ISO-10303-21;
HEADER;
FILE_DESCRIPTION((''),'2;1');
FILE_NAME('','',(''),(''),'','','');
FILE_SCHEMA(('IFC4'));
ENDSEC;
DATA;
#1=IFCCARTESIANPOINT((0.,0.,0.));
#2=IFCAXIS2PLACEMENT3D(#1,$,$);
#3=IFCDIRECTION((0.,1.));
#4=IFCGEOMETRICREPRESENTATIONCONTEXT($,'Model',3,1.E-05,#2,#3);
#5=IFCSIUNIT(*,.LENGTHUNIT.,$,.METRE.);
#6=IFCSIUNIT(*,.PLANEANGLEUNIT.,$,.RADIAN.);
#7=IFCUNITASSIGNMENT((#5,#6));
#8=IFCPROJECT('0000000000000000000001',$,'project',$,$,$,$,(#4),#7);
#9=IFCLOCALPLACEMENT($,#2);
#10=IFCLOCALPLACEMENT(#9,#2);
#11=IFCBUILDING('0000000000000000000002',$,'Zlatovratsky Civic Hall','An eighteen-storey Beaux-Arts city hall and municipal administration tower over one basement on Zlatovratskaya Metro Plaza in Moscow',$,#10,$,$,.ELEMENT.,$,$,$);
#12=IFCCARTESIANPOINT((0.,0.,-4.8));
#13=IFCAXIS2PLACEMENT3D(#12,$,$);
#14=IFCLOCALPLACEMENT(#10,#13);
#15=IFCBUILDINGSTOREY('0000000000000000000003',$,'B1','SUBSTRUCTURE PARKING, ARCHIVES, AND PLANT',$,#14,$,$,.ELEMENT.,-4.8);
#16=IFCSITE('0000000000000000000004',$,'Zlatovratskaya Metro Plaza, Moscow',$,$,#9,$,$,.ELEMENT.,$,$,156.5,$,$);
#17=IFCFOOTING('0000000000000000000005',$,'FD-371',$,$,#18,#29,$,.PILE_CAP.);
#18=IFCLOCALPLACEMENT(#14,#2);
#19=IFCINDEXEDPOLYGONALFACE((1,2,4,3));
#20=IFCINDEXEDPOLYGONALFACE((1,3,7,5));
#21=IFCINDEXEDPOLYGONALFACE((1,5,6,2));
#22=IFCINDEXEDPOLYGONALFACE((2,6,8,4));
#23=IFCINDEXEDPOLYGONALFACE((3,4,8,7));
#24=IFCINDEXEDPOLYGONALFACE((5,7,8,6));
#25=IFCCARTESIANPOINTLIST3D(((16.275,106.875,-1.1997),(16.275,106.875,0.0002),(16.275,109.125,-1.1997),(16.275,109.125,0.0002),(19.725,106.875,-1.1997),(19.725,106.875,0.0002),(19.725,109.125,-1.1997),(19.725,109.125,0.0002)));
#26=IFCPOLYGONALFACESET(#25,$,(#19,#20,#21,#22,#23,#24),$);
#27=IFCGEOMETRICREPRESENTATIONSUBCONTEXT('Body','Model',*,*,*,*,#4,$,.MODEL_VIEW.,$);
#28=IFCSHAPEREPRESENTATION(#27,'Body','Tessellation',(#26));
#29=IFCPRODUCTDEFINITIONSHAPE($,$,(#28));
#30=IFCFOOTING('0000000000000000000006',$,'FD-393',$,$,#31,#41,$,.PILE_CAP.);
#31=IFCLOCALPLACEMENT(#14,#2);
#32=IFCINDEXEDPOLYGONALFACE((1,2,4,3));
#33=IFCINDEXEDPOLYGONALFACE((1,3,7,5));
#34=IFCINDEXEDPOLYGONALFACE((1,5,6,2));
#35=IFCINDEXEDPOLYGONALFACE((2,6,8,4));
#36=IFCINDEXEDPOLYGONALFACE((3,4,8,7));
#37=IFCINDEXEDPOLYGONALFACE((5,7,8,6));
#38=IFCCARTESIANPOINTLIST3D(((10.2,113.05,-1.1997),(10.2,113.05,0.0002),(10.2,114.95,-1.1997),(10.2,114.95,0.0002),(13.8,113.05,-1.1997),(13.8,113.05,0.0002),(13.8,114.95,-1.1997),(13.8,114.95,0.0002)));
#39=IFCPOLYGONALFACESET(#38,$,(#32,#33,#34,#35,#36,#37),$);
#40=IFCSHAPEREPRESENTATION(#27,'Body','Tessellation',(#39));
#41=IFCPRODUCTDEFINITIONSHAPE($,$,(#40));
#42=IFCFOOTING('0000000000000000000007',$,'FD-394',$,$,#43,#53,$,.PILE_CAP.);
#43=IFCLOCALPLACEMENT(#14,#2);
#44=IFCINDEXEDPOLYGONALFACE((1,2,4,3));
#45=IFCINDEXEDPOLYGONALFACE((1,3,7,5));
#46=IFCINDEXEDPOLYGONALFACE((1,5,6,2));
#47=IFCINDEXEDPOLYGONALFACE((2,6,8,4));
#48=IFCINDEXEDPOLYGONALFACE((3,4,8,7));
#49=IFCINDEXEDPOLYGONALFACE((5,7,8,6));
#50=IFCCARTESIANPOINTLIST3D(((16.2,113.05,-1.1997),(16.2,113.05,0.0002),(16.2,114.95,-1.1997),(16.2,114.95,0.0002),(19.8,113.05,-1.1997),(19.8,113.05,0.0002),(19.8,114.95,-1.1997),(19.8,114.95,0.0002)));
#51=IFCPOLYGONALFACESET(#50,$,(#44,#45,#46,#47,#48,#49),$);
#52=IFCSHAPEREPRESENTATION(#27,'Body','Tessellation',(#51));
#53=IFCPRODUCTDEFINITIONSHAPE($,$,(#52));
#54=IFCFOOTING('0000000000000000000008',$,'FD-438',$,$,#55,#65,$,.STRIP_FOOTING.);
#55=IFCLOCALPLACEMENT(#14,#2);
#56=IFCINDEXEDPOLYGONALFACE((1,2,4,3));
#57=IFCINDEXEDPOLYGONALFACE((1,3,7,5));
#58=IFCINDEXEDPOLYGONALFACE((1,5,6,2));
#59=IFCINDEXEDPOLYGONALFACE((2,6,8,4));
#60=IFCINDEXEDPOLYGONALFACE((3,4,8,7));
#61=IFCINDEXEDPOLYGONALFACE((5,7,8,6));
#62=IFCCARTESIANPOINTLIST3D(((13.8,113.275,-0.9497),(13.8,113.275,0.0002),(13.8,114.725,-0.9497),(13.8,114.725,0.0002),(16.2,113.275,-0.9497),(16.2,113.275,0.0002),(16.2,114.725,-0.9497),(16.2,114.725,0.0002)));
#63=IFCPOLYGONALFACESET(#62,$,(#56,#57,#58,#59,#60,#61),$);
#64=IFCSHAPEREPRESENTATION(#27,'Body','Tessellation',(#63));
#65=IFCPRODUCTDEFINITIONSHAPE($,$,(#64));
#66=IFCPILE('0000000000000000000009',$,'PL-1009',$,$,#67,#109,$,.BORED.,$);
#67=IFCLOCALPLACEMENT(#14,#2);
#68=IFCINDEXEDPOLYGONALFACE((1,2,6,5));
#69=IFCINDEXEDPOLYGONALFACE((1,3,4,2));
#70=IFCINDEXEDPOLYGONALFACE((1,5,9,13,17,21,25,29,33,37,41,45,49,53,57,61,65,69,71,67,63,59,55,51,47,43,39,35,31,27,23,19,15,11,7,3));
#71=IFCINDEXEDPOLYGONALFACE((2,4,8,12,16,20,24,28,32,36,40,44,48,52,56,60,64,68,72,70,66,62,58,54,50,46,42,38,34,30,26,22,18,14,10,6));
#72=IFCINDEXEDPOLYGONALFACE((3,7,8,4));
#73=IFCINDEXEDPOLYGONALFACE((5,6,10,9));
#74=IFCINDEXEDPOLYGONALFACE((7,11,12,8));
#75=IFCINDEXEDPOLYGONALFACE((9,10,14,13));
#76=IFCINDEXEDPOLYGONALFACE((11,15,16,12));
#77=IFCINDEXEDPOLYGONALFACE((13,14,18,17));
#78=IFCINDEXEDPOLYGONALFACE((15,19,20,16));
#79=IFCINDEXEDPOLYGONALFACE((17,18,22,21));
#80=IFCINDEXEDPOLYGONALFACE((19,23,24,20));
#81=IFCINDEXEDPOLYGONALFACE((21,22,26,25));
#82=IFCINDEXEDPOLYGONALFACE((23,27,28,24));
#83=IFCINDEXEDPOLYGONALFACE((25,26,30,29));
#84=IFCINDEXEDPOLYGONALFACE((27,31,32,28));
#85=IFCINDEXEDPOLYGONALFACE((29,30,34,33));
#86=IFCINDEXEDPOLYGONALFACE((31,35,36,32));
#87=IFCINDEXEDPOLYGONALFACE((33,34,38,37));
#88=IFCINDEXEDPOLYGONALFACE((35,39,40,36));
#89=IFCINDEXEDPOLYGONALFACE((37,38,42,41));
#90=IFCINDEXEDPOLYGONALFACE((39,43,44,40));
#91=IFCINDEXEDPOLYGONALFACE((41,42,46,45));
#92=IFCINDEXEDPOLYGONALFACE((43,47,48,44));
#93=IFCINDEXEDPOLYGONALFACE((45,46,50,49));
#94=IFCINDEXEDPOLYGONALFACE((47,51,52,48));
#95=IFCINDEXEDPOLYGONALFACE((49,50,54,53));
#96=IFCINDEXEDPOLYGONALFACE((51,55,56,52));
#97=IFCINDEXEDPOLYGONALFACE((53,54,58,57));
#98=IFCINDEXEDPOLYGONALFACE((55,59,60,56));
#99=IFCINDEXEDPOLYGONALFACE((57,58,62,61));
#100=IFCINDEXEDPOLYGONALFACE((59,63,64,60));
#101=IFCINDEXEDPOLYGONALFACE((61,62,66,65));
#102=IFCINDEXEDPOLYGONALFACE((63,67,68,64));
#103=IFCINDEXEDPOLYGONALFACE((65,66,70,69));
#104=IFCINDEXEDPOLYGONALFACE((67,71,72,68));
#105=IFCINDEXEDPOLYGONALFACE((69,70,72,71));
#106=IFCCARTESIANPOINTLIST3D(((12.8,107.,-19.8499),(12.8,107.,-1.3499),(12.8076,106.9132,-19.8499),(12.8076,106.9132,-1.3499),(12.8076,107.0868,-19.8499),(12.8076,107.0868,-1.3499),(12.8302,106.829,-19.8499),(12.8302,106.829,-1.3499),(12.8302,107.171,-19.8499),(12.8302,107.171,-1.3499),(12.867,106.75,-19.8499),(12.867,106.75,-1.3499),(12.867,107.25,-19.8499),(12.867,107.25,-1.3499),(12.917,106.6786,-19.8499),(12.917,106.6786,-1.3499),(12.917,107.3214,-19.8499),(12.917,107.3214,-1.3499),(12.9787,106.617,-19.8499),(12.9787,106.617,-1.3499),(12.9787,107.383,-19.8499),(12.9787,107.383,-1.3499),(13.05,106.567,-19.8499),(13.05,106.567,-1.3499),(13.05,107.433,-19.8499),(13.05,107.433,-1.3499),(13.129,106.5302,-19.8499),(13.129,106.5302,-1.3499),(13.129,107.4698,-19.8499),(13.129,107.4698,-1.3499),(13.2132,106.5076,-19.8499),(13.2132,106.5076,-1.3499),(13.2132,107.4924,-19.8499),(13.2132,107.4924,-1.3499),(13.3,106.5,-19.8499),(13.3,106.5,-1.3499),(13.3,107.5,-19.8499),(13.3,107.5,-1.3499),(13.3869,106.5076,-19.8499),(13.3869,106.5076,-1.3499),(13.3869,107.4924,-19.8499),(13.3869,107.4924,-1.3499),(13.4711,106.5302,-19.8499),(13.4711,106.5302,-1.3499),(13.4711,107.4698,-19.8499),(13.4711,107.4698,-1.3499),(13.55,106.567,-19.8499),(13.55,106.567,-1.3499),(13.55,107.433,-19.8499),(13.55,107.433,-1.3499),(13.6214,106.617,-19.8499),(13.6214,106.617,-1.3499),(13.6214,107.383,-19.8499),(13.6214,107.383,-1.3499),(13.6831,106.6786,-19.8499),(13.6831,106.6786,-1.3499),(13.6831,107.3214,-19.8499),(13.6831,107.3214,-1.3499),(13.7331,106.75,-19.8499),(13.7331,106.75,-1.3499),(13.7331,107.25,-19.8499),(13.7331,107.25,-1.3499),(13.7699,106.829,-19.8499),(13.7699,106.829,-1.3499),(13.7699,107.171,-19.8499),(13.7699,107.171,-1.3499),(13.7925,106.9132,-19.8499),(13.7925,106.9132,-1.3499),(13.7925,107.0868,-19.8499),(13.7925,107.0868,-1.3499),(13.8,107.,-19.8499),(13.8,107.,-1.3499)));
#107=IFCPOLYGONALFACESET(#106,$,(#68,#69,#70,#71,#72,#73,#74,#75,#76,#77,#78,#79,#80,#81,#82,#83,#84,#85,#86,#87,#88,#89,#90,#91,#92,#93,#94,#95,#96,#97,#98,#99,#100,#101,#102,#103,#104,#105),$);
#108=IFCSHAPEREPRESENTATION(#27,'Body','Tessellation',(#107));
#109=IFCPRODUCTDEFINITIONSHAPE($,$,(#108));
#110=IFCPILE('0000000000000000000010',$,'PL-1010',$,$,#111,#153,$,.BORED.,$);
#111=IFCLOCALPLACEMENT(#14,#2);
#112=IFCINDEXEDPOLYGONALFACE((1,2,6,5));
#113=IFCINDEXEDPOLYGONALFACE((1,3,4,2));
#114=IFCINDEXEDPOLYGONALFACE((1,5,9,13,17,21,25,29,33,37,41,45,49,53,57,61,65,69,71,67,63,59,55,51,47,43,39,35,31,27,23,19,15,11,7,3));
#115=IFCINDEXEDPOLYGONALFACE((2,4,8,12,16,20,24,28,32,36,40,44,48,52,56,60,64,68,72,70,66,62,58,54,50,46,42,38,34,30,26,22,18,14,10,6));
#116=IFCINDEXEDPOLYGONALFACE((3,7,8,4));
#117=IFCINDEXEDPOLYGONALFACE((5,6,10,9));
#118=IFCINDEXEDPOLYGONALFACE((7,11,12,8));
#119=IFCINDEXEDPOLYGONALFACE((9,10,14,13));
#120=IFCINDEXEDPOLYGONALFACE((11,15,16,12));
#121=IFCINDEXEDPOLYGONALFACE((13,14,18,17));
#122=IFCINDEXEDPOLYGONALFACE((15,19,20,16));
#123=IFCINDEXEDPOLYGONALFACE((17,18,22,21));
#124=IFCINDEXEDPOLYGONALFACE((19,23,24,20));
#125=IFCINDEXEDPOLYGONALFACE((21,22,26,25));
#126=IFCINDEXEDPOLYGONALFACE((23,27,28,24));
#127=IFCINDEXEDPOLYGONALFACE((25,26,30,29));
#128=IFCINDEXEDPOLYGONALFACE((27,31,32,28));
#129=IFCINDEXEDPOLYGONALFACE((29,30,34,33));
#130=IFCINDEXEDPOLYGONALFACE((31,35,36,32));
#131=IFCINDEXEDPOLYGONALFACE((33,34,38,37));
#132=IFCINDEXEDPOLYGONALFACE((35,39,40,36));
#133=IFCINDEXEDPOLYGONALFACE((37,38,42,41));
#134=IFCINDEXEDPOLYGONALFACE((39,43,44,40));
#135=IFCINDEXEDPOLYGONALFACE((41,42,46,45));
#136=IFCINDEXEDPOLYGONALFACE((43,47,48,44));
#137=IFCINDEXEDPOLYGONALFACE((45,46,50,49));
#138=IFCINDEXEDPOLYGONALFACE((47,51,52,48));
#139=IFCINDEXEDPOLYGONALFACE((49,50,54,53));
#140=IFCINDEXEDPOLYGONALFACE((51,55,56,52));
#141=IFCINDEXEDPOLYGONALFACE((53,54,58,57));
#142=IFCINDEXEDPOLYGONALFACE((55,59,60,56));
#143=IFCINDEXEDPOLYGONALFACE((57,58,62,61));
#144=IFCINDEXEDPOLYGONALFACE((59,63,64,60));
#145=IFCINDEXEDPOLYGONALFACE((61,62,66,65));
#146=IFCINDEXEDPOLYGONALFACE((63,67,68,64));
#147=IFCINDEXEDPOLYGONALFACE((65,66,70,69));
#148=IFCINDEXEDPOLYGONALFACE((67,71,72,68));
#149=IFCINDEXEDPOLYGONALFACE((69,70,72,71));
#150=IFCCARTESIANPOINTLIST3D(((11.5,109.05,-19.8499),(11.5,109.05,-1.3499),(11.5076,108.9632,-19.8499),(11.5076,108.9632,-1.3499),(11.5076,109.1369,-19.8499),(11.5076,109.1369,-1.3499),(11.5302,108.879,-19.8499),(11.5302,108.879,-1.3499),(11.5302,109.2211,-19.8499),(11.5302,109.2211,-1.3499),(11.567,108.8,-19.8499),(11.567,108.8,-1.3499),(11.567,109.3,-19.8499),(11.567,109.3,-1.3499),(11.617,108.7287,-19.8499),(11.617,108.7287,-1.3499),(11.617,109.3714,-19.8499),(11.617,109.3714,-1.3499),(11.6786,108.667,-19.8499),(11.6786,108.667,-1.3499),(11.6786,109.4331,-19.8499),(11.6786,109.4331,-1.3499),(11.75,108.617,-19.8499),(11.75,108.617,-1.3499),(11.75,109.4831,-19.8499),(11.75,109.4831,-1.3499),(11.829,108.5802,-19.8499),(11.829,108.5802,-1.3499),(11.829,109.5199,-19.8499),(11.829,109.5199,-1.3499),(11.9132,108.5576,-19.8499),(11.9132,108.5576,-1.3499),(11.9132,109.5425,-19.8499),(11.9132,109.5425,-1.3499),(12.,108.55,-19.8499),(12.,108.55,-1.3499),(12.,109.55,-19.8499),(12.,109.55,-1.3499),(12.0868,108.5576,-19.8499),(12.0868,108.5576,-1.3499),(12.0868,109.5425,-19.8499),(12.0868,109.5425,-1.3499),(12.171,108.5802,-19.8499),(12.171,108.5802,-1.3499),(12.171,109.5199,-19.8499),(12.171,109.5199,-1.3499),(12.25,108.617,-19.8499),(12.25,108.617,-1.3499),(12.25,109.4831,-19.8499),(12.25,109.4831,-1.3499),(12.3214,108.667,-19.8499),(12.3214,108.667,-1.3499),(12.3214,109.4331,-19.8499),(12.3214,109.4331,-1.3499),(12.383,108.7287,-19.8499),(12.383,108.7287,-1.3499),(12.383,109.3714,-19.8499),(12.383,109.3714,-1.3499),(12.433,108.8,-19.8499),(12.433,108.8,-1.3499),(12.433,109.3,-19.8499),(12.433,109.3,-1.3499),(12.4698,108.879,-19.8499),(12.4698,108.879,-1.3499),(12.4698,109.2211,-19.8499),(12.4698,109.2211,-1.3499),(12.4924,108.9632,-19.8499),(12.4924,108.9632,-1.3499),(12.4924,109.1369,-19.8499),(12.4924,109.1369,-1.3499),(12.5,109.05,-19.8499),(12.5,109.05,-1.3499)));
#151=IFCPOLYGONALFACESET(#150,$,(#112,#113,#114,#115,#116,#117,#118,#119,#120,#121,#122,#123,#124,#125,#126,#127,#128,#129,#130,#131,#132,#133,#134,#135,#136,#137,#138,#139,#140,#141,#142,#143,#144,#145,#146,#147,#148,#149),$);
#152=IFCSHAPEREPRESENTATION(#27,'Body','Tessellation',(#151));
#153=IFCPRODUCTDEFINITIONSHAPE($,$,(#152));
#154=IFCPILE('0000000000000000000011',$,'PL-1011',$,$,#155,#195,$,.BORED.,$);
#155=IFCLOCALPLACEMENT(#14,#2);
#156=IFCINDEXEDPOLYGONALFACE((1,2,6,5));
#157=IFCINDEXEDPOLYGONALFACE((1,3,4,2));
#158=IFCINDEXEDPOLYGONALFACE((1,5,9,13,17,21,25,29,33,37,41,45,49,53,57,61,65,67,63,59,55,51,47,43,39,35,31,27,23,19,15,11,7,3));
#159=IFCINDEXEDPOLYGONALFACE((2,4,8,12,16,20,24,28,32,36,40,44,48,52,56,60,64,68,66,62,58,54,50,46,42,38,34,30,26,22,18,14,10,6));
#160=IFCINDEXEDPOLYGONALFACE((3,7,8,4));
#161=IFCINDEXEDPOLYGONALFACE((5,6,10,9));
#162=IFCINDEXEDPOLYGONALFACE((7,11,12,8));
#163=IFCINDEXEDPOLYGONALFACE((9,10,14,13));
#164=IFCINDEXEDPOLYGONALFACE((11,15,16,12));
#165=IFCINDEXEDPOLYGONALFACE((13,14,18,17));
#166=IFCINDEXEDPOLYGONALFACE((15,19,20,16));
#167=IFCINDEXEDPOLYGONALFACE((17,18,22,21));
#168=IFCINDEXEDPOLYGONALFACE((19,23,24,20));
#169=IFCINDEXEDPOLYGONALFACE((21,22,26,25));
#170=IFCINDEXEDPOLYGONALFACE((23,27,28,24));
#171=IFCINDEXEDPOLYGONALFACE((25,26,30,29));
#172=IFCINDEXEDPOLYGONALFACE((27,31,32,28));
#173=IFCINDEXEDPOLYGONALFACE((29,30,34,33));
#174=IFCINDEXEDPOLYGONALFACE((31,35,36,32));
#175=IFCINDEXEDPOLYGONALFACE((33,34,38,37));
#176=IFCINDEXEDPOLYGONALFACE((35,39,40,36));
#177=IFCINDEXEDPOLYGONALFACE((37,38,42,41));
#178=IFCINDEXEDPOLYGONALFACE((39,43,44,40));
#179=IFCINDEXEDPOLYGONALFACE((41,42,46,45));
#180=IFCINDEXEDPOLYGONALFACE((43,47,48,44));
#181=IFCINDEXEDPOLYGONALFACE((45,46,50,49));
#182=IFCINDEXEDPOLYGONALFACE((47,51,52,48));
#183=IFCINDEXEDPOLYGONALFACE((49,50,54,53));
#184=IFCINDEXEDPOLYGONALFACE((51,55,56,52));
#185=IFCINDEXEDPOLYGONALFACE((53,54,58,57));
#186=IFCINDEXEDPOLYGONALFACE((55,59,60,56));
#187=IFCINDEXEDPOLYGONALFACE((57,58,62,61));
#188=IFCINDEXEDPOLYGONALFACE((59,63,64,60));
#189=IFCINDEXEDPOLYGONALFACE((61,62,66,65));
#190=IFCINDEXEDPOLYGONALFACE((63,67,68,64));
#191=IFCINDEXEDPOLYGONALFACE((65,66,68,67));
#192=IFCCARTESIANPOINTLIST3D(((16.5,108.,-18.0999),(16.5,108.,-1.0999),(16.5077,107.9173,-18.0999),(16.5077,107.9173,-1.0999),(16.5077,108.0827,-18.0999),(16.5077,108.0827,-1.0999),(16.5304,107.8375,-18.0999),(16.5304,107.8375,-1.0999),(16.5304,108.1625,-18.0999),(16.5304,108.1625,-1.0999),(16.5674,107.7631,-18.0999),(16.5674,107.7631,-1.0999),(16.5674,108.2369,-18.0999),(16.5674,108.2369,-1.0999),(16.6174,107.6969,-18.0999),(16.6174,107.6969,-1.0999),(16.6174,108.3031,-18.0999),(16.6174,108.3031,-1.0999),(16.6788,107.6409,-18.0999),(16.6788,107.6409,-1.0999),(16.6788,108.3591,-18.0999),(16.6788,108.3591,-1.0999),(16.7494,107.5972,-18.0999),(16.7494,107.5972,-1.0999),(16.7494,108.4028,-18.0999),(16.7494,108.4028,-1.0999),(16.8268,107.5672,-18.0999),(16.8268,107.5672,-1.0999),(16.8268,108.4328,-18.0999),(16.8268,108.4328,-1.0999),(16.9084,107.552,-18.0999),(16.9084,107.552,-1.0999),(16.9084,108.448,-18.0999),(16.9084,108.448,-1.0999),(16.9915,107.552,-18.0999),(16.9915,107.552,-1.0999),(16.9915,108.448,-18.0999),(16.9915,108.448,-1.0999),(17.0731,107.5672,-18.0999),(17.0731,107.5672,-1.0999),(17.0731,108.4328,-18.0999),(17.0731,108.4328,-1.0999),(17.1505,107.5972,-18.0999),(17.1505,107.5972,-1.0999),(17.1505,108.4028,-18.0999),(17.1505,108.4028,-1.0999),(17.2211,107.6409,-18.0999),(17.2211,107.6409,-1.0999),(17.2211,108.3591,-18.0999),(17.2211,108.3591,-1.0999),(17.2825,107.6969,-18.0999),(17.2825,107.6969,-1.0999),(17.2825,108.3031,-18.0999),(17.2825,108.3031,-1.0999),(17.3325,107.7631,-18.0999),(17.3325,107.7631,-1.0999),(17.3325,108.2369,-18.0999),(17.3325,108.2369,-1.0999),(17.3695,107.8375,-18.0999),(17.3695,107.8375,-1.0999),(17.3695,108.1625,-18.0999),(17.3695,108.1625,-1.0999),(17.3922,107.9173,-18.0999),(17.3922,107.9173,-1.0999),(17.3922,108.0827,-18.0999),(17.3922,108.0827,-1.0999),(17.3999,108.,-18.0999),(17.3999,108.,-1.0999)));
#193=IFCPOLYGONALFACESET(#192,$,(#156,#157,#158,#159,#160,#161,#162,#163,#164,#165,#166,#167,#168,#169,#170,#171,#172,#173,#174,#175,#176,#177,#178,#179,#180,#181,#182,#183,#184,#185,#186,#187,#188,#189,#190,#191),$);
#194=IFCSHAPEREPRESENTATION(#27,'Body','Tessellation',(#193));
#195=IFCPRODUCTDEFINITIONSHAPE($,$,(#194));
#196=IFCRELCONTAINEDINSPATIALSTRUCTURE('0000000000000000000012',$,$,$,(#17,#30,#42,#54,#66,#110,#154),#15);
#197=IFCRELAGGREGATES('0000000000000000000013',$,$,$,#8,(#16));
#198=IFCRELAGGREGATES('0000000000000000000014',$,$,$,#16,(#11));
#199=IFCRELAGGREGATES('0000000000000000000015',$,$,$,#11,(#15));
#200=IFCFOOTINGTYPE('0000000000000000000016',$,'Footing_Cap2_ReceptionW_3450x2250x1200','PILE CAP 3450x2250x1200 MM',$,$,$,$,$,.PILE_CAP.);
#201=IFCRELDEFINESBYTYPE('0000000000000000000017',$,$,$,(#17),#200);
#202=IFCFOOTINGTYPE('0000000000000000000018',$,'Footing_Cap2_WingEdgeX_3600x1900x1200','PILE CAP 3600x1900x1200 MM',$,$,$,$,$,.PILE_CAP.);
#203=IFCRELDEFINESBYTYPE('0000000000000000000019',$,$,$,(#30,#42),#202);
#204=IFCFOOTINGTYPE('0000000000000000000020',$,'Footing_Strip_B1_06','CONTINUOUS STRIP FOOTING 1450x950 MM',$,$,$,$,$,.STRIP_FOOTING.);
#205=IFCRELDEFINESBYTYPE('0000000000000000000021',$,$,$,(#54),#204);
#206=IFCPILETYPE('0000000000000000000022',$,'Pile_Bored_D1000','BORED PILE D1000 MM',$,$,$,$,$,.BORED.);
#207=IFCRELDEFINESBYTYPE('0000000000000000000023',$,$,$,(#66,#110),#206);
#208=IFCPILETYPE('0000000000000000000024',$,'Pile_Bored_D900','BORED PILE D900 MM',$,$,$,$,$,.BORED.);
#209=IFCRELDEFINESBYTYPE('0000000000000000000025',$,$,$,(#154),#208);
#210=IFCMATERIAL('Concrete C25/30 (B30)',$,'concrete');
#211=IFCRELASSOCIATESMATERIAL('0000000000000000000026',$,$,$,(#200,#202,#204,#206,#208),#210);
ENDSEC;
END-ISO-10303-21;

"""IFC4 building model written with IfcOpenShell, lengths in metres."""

from ifc_helpers import new_model, si_unit, direction, frame, origin, origin_2d, place, context, subcontext, project, spatial, rectangle, circle, extrude, material, material_profile, profile_set, type_object, element, save


model = new_model("IFC4")

# Units and contexts
model_context = context("Model", 3, precision=1e-05, world=origin(), true_north=direction((0.0, 1.0)))
body_context = subcontext(model_context, "Body", "Model", "MODEL_VIEW")
ifc_project = project(units=[si_unit("LENGTHUNIT", "METRE"), si_unit("PLANEANGLEUNIT", "RADIAN")], contexts=[model_context])

# Site, building, storey
site_placement = place(None, origin())
site = spatial("IfcSite", under=ifc_project, at=site_placement, Name="Zlatovratskaya Metro Plaza, Moscow", CompositionType="ELEMENT", RefElevation=156.5)
building_placement = place(site_placement, origin())
building = spatial("IfcBuilding", under=site, at=building_placement, Name="Zlatovratsky Civic Hall", Description="An eighteen-storey Beaux-Arts city hall and municipal administration tower over one basement on Zlatovratskaya Metro Plaza in Moscow", CompositionType="ELEMENT")
storey_placement = place(building_placement, frame((0.0, 0.0, -4.8)))
storey = spatial("IfcBuildingStorey", under=building, at=storey_placement, Name="B1", Description="SUBSTRUCTURE PARKING, ARCHIVES, AND PLANT", CompositionType="ELEMENT", Elevation=-4.8)

# Footings
ifc_material_1 = material(Name="Concrete C25/30 (B30)", Category="concrete")
footing_type_1 = type_object("IfcFootingType", Name="Footing_Cap2_ReceptionW_3450x2250x1200", Description="PILE CAP 3450x2250x1200 MM", PredefinedType="PILE_CAP", material=ifc_material_1)
footing_1_placement = place(storey_placement, frame((18.0, 108.0, -1.1997), z_axis=(0.0, 0.0, 1.0), x_axis=(1.0, 0.0, 0.0)))
element("IfcFooting", 1, at=footing_1_placement, inside=storey, type_object=footing_type_1, Name="FD-371", PredefinedType="PILE_CAP", context=body_context, shape_type="SweptSolid", body=[
    extrude(rectangle(XDim=3.45, YDim=2.25, at=origin_2d()), origin(), (0.0, 0.0, 1.0), 1.2),
])
footing_type_2 = type_object("IfcFootingType", Name="Footing_Cap2_WingEdgeX_3600x1900x1200", Description="PILE CAP 3600x1900x1200 MM", PredefinedType="PILE_CAP", material=ifc_material_1)
for number, where, z_axis, x_axis, name in (
    (2, (12.0, 114.0, -1.1997), (0.0, 0.0, 1.0), (1.0, 0.0, 0.0), "FD-393"),
    (3, (18.0, 114.0, -1.1997), (0.0, 0.0, 1.0), (1.0, 0.0, 0.0), "FD-394"),
):
    element("IfcFooting", number, at=place(storey_placement, frame(where, z_axis=z_axis, x_axis=x_axis)), inside=storey, type_object=footing_type_2, Name=name, PredefinedType="PILE_CAP", context=body_context, shape_type="SweptSolid", body=[
        extrude(rectangle(XDim=3.6001, YDim=1.8999, at=origin_2d()), origin(), (0.0, 0.0, 1.0), 1.2),
    ])
footing_type_3 = type_object("IfcFootingType", Name="Footing_Strip_B1_06", Description="CONTINUOUS STRIP FOOTING 1450x950 MM", PredefinedType="STRIP_FOOTING", material=ifc_material_1)
footing_2_placement = place(storey_placement, frame((15.0, 114.0, -0.9497), z_axis=(0.0, 0.0, 1.0), x_axis=(1.0, 0.0, 0.0)))
element("IfcFooting", 4, at=footing_2_placement, inside=storey, type_object=footing_type_3, Name="FD-438", PredefinedType="STRIP_FOOTING", context=body_context, shape_type="SweptSolid", body=[
    extrude(rectangle(XDim=2.3999, YDim=1.45, at=origin_2d()), origin(), (0.0, 0.0, 1.0), 0.95),
])

# Piles
ifc_material_profile_1 = material_profile(ifc_material_1, circle(Radius=0.5, at=origin_2d()), Name="PILE D1000")
ifc_profile_set_1 = profile_set([ifc_material_profile_1], Name="Concrete C25/30 (B30)")
pile_type_1 = type_object("IfcPileType", Name="Pile_Bored_D1000", Description="BORED PILE D1000 MM", PredefinedType="BORED", material=ifc_profile_set_1)
for number, where, z_axis, x_axis, name in (
    (5, (13.3, 107.0, -1.3499), (0.0, 0.0, -1.0), (1.0, 0.0, 0.0), "PL-1009"),
    (6, (12.0, 109.05, -1.3499), (0.0, 0.0, -1.0), (1.0, 0.0, 0.0), "PL-1010"),
):
    element("IfcPile", number, at=place(storey_placement, frame(where, z_axis=z_axis, x_axis=x_axis)), inside=storey, type_object=pile_type_1, Name=name, PredefinedType="BORED", context=body_context, shape_type="SweptSolid", body=[
        extrude(circle(Radius=0.5, at=origin_2d()), origin(), (0.0, 0.0, 1.0), 18.5),
    ])
ifc_material_profile_2 = material_profile(ifc_material_1, circle(Radius=0.45, at=origin_2d()), Name="PILE D900")
ifc_profile_set_2 = profile_set([ifc_material_profile_2], Name="Concrete C25/30 (B30)")
pile_type_2 = type_object("IfcPileType", Name="Pile_Bored_D900", Description="BORED PILE D900 MM", PredefinedType="BORED", material=ifc_profile_set_2)
for number, where, z_axis, x_axis, name in (
    (7, (16.95, 108.0, -1.0999), (0.0, 0.0, -1.0), (1.0, 0.0, 0.0), "PL-1011"),
):
    element("IfcPile", number, at=place(storey_placement, frame(where, z_axis=z_axis, x_axis=x_axis)), inside=storey, type_object=pile_type_2, Name=name, PredefinedType="BORED", context=body_context, shape_type="SweptSolid", body=[
        extrude(circle(Radius=0.45, at=origin_2d()), origin(), (0.0, 0.0, 1.0), 17.0),
    ])

save(model, "model.ifc")
